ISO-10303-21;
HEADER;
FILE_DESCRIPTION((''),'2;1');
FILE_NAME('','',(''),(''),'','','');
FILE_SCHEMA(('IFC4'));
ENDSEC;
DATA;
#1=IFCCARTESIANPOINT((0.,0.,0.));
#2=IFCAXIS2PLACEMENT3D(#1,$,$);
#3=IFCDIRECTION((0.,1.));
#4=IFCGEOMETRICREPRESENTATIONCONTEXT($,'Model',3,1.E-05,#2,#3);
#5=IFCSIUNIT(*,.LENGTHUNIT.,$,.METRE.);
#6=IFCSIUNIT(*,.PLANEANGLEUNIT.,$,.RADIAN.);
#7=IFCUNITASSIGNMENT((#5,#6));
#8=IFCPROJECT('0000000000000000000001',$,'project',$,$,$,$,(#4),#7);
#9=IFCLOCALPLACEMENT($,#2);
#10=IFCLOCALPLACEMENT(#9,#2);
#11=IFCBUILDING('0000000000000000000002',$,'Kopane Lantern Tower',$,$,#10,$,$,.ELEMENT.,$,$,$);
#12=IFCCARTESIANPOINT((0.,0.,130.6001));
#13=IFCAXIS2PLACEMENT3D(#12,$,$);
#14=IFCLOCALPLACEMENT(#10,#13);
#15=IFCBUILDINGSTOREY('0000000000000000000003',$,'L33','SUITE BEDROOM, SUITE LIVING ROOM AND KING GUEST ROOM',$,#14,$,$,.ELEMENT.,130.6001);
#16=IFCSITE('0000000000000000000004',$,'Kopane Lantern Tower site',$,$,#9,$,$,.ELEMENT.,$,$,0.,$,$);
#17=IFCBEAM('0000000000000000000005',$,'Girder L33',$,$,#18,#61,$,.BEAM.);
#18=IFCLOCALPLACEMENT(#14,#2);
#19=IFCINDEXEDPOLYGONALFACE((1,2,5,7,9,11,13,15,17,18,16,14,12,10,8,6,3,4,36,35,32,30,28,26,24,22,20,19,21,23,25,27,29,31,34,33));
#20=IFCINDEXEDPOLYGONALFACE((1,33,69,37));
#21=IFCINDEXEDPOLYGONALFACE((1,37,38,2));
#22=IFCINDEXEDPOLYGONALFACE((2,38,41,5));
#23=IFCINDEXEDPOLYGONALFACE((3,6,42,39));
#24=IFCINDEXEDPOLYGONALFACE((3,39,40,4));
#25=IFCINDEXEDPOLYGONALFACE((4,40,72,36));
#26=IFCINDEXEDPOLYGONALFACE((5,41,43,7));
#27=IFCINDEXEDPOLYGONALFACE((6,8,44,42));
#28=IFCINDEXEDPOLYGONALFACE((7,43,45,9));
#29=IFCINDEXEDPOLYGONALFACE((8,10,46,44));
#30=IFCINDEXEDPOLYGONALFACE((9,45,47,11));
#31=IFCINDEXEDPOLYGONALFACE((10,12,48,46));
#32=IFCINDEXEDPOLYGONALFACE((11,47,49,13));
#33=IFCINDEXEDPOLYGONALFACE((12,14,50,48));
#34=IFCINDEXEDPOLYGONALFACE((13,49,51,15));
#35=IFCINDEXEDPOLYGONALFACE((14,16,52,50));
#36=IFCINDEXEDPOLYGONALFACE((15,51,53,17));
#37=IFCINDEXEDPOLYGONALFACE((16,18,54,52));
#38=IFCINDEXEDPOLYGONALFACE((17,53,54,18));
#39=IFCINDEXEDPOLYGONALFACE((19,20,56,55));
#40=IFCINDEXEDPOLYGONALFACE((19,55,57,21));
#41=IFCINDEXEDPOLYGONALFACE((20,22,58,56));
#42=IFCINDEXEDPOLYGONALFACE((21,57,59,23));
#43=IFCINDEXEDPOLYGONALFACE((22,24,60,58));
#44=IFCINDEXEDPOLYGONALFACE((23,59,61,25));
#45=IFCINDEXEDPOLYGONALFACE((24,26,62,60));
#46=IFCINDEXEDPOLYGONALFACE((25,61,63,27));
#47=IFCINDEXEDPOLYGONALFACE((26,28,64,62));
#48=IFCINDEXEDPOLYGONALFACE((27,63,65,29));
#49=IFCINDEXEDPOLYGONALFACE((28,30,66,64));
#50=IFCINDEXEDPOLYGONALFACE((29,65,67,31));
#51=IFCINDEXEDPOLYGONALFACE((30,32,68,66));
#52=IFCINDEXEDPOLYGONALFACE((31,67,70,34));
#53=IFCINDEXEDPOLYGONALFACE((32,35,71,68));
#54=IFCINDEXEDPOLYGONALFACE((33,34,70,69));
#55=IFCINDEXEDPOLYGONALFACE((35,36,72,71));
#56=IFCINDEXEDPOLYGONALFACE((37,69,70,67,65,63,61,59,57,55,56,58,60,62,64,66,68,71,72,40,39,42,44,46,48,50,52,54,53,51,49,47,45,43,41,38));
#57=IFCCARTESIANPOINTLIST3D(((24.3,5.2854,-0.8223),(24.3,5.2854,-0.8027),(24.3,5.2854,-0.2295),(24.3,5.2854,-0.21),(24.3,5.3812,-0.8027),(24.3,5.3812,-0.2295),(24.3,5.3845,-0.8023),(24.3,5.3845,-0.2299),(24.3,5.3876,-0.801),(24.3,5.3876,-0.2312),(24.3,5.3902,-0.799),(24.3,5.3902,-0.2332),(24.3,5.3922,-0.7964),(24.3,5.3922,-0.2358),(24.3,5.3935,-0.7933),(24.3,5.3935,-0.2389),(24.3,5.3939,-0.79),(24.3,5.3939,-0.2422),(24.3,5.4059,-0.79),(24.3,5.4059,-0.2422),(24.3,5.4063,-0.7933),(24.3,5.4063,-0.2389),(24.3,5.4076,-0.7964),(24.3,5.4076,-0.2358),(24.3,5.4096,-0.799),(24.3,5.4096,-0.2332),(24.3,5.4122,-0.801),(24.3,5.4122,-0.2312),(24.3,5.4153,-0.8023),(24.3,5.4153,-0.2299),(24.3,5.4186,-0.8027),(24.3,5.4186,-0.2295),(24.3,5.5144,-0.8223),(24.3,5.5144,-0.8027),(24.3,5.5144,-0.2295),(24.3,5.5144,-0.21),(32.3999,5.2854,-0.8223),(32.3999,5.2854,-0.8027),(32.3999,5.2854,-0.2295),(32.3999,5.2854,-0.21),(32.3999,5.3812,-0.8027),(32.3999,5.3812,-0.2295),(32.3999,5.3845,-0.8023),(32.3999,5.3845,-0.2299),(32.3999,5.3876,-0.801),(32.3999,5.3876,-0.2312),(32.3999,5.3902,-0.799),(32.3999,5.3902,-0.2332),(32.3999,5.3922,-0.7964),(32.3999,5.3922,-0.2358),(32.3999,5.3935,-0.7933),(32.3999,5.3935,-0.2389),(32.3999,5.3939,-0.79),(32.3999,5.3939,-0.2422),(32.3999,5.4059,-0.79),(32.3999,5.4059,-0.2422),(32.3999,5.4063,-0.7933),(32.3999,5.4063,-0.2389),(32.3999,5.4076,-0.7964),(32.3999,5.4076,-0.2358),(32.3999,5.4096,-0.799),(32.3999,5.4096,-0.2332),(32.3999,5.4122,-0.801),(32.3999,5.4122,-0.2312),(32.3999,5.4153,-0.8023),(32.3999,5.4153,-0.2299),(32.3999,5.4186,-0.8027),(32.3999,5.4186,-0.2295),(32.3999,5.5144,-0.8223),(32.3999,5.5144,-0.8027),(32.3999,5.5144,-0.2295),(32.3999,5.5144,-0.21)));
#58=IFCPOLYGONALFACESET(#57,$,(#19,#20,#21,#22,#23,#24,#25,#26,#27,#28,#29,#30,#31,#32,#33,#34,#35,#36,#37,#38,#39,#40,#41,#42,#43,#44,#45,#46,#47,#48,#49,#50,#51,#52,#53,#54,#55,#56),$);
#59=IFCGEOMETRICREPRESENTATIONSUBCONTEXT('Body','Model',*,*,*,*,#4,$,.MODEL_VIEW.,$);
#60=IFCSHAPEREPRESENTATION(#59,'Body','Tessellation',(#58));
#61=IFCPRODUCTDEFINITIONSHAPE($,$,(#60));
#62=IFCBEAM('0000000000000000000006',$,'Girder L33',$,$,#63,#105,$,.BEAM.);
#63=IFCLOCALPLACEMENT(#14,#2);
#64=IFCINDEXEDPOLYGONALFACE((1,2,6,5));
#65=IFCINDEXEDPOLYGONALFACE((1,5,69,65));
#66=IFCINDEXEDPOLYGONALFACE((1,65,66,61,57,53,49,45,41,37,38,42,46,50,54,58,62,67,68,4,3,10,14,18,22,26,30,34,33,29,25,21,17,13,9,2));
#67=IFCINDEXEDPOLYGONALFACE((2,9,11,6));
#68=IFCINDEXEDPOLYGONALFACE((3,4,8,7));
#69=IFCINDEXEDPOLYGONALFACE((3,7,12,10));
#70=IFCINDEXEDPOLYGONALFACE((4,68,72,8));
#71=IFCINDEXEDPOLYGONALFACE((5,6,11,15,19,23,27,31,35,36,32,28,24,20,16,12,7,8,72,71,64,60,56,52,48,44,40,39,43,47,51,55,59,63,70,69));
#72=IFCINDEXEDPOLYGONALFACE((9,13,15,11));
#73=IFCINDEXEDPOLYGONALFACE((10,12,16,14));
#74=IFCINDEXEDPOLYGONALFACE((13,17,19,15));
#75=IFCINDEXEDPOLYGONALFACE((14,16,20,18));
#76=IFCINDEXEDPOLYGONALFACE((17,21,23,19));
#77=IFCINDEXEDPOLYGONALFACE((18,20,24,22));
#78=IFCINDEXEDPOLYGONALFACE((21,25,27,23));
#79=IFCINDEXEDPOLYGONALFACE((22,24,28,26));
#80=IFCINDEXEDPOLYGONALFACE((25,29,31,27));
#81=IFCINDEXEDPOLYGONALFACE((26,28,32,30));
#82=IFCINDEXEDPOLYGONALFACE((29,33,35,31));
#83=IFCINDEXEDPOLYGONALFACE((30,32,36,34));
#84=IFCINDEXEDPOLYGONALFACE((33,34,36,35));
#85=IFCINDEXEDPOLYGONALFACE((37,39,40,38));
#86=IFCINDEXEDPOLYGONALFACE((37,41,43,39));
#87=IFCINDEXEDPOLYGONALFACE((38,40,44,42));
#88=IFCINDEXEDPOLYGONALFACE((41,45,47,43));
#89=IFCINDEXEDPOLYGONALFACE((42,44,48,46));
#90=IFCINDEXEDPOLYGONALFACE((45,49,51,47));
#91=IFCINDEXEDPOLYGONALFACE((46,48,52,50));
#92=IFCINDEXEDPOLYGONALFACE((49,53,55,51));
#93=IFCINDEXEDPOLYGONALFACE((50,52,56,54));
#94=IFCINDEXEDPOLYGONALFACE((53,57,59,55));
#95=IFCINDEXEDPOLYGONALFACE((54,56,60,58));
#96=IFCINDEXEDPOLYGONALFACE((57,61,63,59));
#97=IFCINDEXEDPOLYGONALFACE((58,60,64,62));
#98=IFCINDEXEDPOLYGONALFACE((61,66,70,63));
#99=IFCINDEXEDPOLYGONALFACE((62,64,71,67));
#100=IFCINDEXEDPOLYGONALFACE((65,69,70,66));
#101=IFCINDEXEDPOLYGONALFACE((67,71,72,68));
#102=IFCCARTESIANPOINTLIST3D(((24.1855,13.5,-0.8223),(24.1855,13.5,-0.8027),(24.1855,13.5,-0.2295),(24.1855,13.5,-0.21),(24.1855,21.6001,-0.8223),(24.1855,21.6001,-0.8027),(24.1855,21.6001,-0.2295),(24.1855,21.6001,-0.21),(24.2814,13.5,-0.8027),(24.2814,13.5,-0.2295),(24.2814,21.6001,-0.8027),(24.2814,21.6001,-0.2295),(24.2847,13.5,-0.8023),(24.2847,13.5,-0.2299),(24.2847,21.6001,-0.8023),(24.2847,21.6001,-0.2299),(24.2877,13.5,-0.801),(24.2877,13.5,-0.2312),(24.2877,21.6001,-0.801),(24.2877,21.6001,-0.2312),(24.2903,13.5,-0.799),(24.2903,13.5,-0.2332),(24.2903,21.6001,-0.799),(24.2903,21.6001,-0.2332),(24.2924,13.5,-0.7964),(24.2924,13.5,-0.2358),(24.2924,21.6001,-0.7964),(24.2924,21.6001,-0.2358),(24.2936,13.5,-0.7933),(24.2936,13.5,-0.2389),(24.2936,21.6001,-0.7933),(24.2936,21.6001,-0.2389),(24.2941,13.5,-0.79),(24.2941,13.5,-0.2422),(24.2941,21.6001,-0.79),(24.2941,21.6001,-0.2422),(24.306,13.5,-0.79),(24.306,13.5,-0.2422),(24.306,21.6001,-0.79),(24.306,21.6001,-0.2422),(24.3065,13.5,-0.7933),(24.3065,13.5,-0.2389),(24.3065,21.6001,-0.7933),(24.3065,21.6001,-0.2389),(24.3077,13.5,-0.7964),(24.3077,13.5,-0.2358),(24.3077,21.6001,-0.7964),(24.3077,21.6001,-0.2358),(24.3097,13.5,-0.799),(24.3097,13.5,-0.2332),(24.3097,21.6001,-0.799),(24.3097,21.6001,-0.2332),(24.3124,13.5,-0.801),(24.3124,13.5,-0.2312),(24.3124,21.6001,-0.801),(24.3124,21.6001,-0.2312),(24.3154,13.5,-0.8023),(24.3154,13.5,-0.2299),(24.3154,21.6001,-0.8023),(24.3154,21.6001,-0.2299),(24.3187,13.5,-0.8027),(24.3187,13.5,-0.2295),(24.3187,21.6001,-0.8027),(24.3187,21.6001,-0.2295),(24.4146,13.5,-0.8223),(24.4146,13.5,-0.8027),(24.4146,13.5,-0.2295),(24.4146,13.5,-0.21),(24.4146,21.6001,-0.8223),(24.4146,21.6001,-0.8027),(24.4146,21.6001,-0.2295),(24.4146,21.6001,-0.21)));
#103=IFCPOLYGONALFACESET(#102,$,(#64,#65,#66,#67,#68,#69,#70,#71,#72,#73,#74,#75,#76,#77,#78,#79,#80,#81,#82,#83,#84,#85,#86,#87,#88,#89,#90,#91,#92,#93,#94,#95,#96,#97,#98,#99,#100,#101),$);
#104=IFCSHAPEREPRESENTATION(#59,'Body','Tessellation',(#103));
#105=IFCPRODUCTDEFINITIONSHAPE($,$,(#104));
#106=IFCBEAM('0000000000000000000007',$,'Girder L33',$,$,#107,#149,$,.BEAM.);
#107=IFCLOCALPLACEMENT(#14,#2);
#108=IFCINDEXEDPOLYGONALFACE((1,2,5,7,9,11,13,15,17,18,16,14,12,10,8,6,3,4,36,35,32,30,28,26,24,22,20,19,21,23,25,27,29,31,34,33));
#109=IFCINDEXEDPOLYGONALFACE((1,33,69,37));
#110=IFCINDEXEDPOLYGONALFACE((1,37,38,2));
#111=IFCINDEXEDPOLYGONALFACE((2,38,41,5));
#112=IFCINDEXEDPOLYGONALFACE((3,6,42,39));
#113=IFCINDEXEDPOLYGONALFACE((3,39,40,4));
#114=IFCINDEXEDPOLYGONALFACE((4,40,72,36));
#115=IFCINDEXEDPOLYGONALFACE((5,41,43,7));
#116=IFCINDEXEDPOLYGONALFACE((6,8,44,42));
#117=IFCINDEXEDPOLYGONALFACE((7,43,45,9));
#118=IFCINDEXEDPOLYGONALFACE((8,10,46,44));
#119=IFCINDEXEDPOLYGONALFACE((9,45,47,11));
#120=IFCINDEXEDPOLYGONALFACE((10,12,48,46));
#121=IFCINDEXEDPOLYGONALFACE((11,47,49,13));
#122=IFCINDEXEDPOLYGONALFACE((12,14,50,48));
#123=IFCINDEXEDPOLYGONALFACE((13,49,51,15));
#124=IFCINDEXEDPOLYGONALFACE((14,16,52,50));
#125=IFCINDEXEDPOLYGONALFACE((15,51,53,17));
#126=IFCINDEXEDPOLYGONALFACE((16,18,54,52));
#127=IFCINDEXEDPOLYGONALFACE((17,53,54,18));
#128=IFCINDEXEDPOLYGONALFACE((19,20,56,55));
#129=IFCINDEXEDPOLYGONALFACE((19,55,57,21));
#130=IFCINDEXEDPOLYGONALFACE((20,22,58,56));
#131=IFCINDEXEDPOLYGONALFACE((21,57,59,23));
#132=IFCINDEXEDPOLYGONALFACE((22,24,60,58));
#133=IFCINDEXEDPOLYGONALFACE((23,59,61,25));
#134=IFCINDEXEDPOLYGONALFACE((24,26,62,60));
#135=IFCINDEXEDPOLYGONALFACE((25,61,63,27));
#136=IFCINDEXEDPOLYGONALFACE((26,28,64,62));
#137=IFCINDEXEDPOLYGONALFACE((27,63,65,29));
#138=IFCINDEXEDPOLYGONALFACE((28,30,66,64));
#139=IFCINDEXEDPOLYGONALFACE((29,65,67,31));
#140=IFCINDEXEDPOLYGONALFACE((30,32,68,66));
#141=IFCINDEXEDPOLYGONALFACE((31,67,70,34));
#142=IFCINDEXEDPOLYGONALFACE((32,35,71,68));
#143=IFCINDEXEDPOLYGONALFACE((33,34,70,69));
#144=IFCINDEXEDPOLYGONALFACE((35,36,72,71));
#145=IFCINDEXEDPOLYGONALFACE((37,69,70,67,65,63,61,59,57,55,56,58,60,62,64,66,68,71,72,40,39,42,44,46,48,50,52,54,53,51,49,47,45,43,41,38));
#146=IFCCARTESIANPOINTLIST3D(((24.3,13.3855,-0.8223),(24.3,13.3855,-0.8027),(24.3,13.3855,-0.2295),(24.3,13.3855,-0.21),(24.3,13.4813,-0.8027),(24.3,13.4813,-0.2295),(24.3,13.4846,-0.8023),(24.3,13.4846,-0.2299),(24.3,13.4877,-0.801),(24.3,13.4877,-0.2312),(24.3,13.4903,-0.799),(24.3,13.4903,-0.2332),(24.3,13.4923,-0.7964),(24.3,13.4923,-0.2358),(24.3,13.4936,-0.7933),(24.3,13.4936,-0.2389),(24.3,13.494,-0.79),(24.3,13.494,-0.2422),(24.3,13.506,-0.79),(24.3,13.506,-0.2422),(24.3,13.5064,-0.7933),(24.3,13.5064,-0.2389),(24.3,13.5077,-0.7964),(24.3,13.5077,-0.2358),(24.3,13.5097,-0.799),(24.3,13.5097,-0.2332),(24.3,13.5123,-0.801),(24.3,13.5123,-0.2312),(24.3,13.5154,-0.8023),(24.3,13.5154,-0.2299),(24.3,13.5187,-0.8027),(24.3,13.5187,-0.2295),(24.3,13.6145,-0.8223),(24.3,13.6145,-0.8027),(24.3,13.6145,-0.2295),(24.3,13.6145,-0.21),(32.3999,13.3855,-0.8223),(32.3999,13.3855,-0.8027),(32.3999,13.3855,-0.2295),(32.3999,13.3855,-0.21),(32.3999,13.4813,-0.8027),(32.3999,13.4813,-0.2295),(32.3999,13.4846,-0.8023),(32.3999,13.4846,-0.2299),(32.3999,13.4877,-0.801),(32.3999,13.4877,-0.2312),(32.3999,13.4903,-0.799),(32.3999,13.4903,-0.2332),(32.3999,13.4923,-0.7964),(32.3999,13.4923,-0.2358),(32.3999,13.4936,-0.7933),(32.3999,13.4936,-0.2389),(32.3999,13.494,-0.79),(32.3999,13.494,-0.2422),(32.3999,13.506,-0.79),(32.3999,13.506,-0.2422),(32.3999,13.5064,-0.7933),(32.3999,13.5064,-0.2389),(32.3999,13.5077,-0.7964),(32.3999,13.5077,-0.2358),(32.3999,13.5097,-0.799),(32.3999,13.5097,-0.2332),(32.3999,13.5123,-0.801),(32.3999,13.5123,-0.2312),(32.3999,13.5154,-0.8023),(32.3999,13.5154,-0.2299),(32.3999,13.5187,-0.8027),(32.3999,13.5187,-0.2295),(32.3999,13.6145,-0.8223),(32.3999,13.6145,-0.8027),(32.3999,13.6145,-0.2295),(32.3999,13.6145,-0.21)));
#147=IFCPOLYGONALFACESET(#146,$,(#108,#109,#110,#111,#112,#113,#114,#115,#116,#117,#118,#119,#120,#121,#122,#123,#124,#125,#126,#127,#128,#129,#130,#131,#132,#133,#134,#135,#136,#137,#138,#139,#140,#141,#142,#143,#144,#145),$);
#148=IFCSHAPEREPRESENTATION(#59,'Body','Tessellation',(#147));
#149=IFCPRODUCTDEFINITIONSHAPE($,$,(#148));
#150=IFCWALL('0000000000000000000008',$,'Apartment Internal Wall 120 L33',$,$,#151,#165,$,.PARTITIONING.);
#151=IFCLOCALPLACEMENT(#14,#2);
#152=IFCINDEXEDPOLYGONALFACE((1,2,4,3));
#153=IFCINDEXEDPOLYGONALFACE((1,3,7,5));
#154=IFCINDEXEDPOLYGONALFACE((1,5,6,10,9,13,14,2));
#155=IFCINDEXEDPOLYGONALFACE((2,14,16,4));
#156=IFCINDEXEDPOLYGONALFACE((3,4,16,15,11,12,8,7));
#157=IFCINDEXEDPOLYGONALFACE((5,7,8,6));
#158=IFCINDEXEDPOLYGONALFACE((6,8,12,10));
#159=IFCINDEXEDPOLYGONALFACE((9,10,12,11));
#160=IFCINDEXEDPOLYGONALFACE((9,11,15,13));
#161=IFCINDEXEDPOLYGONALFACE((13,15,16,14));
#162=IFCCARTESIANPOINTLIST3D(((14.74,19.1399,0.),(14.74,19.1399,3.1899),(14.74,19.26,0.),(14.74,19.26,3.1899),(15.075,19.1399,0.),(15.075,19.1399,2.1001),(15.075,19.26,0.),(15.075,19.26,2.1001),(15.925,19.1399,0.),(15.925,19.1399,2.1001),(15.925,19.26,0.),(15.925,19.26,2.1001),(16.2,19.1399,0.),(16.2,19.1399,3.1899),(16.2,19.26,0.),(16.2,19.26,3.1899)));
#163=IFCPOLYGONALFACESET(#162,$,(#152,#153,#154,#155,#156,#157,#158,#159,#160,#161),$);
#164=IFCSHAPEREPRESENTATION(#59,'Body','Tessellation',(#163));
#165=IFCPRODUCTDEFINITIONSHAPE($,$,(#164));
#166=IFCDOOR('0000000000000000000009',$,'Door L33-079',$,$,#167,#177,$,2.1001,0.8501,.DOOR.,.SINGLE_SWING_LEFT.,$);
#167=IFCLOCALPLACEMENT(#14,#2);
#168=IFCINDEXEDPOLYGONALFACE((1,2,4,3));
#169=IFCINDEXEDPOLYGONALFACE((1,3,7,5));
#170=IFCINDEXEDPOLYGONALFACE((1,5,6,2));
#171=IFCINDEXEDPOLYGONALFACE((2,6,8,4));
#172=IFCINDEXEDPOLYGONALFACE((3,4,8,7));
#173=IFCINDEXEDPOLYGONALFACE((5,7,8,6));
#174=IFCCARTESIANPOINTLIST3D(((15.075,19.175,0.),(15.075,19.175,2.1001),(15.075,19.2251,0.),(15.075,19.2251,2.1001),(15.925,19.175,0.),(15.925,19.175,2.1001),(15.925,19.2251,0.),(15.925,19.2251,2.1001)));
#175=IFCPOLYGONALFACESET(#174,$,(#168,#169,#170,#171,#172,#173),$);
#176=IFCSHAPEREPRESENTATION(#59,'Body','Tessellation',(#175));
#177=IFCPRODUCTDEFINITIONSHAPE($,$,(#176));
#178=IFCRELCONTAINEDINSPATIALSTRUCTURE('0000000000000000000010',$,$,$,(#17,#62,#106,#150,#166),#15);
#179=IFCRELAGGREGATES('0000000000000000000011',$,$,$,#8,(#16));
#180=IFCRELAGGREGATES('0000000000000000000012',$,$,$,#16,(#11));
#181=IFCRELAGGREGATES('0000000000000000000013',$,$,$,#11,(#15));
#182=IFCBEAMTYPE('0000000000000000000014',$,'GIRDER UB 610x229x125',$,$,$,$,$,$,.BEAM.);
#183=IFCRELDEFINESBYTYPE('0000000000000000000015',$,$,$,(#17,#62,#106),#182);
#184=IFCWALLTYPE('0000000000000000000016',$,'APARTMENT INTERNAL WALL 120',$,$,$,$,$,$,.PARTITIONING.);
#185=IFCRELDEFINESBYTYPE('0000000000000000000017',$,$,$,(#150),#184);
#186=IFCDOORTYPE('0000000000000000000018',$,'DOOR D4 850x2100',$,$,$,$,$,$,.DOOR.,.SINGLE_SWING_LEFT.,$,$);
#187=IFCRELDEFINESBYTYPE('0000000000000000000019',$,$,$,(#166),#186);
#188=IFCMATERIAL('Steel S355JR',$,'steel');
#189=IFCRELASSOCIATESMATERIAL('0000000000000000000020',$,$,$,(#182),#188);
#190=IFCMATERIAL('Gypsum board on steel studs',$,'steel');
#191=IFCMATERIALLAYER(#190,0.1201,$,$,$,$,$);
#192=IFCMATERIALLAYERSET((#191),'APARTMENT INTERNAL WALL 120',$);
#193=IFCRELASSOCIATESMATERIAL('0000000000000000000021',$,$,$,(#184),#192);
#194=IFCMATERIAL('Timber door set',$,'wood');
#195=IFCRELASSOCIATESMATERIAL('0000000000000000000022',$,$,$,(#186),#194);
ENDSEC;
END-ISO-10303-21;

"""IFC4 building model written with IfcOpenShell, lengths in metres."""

from ifc_helpers import new_model, si_unit, direction, frame, frame_2d, origin, origin_2d, place, context, subcontext, project, spatial, rectangle, i_section, extrude, material, layer, layer_set, material_profile, profile_set, type_object, element, fill, save


model = new_model("IFC4")

# Units and contexts
model_context = context("Model", 3, precision=1e-05, world=origin(), true_north=direction((0.0, 1.0)))
body_context = subcontext(model_context, "Body", "Model", "MODEL_VIEW")
ifc_project = project(units=[si_unit("LENGTHUNIT", "METRE"), si_unit("PLANEANGLEUNIT", "RADIAN")], contexts=[model_context])

# Site, building, storey
site_placement = place(None, origin())
site = spatial("IfcSite", under=ifc_project, at=site_placement, Name="Kopane Lantern Tower site", CompositionType="ELEMENT", RefElevation=0.0)
building_placement = place(site_placement, origin())
building = spatial("IfcBuilding", under=site, at=building_placement, Name="Kopane Lantern Tower", CompositionType="ELEMENT")
storey_placement = place(building_placement, frame((0.0, 0.0, 130.6001)))
storey = spatial("IfcBuildingStorey", under=building, at=storey_placement, Name="L33", Description="SUITE BEDROOM, SUITE LIVING ROOM AND KING GUEST ROOM", CompositionType="ELEMENT", Elevation=130.6001)

# Beams
ifc_material_1 = material(Name="Steel S355JR", Category="steel")
ifc_material_profile_1 = material_profile(ifc_material_1, i_section(OverallWidth=0.229, OverallDepth=0.6123, WebThickness=0.012, FlangeThickness=0.0195, FilletRadius=0.0127, at=origin_2d()), Name="UB 610x229x125")
ifc_profile_set_1 = profile_set([ifc_material_profile_1], Name="Steel S355JR")
beam_type = type_object("IfcBeamType", Name="GIRDER UB 610x229x125", PredefinedType="BEAM", material=ifc_profile_set_1)
beam_1_placement = place(storey_placement, frame((24.3, 5.3999, -0.5161), z_axis=(1.0, 0.0, 0.0), x_axis=(0.0, 1.0, 0.0)))
element("IfcBeam", 1, at=beam_1_placement, inside=storey, type_object=beam_type, Name="Girder L33", PredefinedType="BEAM", context=body_context, shape_type="SweptSolid", body=[
    extrude(i_section(OverallWidth=0.229, OverallDepth=0.6123, WebThickness=0.012, FlangeThickness=0.0195, FilletRadius=0.0127, at=origin_2d()), origin(), (0.0, 0.0, 1.0), 8.0999),
])
beam_2_placement = place(storey_placement, frame((24.3, 13.5, -0.5161), z_axis=(0.0, 1.0, 0.0), x_axis=(-1.0, 0.0, 0.0)))
element("IfcBeam", 2, at=beam_2_placement, inside=storey, type_object=beam_type, Name="Girder L33", PredefinedType="BEAM", context=body_context, shape_type="SweptSolid", body=[
    extrude(i_section(OverallWidth=0.229, OverallDepth=0.6123, WebThickness=0.012, FlangeThickness=0.0195, FilletRadius=0.0127, at=origin_2d()), origin(), (0.0, 0.0, 1.0), 8.1001),
])
beam_3_placement = place(storey_placement, frame((24.3, 13.5, -0.5161), z_axis=(1.0, 0.0, 0.0), x_axis=(0.0, 1.0, 0.0)))
element("IfcBeam", 3, at=beam_3_placement, inside=storey, type_object=beam_type, Name="Girder L33", PredefinedType="BEAM", context=body_context, shape_type="SweptSolid", body=[
    extrude(i_section(OverallWidth=0.229, OverallDepth=0.6123, WebThickness=0.012, FlangeThickness=0.0195, FilletRadius=0.0127, at=origin_2d()), origin(), (0.0, 0.0, 1.0), 8.0999),
])

# Wall, opening, door
ifc_material_2 = material(Name="Gypsum board on steel studs", Category="steel")
ifc_layer_1 = layer(ifc_material_2, 0.1201)
ifc_layer_set_1 = layer_set([ifc_layer_1], Name="APARTMENT INTERNAL WALL 120")
wall_type_1 = type_object("IfcWallType", Name="APARTMENT INTERNAL WALL 120", PredefinedType="PARTITIONING", material=ifc_layer_set_1)
wall_1_placement = place(storey_placement, frame((16.2, 19.2, 0.0), z_axis=(0.0, 0.0, 1.0), x_axis=(-1.0, 0.0, 0.0)))
wall_1 = element("IfcWall", 4, at=wall_1_placement, inside=storey, type_object=wall_type_1, Name="Apartment Internal Wall 120 L33", PredefinedType="PARTITIONING", context=body_context, shape_type="SweptSolid", body=[
    extrude(rectangle(XDim=1.46, YDim=0.1201, at=frame_2d((0.73, 0.0))), origin(), (0.0, 0.0, 1.0), 3.1899),
])
opening_1_placement = place(wall_1_placement, frame((0.2749, 0.0, 0.0)))
opening_1 = element("IfcOpeningElement", 5, at=opening_1_placement, cuts=wall_1, PredefinedType="OPENING", context=body_context, shape_type="SweptSolid", body=[
    extrude(rectangle(XDim=0.8501, YDim=2.1001, at=frame_2d((0.425, 1.05))), frame((0.0, 0.0701, 0.0), z_axis=(0.0, -1.0, 0.0), x_axis=(1.0, 0.0, 0.0)), (0.0, 0.0, 1.0), 0.1401),
])
ifc_material_3 = material(Name="Timber door set", Category="wood")
door_type = type_object("IfcDoorType", Name="DOOR D4 850x2100", OperationType="SINGLE_SWING_LEFT", PredefinedType="DOOR", material=ifc_material_3)
door_1_placement = place(opening_1_placement, origin())
door_1 = element("IfcDoor", 6, at=door_1_placement, inside=storey, type_object=door_type, Name="Door L33-079", OperationType="SINGLE_SWING_LEFT", OverallHeight=2.1001, OverallWidth=0.8501, PredefinedType="DOOR", context=body_context, shape_type="SweptSolid", body=[
    extrude(rectangle(XDim=0.8501, YDim=2.1001, at=frame_2d((0.425, 1.05))), frame((0.0, 0.0249, 0.0), z_axis=(0.0, -1.0, 0.0), x_axis=(1.0, 0.0, 0.0)), (0.0, 0.0, 1.0), 0.05),
])
fill(opening_1, door_1)

save(model, "model.ifc")
